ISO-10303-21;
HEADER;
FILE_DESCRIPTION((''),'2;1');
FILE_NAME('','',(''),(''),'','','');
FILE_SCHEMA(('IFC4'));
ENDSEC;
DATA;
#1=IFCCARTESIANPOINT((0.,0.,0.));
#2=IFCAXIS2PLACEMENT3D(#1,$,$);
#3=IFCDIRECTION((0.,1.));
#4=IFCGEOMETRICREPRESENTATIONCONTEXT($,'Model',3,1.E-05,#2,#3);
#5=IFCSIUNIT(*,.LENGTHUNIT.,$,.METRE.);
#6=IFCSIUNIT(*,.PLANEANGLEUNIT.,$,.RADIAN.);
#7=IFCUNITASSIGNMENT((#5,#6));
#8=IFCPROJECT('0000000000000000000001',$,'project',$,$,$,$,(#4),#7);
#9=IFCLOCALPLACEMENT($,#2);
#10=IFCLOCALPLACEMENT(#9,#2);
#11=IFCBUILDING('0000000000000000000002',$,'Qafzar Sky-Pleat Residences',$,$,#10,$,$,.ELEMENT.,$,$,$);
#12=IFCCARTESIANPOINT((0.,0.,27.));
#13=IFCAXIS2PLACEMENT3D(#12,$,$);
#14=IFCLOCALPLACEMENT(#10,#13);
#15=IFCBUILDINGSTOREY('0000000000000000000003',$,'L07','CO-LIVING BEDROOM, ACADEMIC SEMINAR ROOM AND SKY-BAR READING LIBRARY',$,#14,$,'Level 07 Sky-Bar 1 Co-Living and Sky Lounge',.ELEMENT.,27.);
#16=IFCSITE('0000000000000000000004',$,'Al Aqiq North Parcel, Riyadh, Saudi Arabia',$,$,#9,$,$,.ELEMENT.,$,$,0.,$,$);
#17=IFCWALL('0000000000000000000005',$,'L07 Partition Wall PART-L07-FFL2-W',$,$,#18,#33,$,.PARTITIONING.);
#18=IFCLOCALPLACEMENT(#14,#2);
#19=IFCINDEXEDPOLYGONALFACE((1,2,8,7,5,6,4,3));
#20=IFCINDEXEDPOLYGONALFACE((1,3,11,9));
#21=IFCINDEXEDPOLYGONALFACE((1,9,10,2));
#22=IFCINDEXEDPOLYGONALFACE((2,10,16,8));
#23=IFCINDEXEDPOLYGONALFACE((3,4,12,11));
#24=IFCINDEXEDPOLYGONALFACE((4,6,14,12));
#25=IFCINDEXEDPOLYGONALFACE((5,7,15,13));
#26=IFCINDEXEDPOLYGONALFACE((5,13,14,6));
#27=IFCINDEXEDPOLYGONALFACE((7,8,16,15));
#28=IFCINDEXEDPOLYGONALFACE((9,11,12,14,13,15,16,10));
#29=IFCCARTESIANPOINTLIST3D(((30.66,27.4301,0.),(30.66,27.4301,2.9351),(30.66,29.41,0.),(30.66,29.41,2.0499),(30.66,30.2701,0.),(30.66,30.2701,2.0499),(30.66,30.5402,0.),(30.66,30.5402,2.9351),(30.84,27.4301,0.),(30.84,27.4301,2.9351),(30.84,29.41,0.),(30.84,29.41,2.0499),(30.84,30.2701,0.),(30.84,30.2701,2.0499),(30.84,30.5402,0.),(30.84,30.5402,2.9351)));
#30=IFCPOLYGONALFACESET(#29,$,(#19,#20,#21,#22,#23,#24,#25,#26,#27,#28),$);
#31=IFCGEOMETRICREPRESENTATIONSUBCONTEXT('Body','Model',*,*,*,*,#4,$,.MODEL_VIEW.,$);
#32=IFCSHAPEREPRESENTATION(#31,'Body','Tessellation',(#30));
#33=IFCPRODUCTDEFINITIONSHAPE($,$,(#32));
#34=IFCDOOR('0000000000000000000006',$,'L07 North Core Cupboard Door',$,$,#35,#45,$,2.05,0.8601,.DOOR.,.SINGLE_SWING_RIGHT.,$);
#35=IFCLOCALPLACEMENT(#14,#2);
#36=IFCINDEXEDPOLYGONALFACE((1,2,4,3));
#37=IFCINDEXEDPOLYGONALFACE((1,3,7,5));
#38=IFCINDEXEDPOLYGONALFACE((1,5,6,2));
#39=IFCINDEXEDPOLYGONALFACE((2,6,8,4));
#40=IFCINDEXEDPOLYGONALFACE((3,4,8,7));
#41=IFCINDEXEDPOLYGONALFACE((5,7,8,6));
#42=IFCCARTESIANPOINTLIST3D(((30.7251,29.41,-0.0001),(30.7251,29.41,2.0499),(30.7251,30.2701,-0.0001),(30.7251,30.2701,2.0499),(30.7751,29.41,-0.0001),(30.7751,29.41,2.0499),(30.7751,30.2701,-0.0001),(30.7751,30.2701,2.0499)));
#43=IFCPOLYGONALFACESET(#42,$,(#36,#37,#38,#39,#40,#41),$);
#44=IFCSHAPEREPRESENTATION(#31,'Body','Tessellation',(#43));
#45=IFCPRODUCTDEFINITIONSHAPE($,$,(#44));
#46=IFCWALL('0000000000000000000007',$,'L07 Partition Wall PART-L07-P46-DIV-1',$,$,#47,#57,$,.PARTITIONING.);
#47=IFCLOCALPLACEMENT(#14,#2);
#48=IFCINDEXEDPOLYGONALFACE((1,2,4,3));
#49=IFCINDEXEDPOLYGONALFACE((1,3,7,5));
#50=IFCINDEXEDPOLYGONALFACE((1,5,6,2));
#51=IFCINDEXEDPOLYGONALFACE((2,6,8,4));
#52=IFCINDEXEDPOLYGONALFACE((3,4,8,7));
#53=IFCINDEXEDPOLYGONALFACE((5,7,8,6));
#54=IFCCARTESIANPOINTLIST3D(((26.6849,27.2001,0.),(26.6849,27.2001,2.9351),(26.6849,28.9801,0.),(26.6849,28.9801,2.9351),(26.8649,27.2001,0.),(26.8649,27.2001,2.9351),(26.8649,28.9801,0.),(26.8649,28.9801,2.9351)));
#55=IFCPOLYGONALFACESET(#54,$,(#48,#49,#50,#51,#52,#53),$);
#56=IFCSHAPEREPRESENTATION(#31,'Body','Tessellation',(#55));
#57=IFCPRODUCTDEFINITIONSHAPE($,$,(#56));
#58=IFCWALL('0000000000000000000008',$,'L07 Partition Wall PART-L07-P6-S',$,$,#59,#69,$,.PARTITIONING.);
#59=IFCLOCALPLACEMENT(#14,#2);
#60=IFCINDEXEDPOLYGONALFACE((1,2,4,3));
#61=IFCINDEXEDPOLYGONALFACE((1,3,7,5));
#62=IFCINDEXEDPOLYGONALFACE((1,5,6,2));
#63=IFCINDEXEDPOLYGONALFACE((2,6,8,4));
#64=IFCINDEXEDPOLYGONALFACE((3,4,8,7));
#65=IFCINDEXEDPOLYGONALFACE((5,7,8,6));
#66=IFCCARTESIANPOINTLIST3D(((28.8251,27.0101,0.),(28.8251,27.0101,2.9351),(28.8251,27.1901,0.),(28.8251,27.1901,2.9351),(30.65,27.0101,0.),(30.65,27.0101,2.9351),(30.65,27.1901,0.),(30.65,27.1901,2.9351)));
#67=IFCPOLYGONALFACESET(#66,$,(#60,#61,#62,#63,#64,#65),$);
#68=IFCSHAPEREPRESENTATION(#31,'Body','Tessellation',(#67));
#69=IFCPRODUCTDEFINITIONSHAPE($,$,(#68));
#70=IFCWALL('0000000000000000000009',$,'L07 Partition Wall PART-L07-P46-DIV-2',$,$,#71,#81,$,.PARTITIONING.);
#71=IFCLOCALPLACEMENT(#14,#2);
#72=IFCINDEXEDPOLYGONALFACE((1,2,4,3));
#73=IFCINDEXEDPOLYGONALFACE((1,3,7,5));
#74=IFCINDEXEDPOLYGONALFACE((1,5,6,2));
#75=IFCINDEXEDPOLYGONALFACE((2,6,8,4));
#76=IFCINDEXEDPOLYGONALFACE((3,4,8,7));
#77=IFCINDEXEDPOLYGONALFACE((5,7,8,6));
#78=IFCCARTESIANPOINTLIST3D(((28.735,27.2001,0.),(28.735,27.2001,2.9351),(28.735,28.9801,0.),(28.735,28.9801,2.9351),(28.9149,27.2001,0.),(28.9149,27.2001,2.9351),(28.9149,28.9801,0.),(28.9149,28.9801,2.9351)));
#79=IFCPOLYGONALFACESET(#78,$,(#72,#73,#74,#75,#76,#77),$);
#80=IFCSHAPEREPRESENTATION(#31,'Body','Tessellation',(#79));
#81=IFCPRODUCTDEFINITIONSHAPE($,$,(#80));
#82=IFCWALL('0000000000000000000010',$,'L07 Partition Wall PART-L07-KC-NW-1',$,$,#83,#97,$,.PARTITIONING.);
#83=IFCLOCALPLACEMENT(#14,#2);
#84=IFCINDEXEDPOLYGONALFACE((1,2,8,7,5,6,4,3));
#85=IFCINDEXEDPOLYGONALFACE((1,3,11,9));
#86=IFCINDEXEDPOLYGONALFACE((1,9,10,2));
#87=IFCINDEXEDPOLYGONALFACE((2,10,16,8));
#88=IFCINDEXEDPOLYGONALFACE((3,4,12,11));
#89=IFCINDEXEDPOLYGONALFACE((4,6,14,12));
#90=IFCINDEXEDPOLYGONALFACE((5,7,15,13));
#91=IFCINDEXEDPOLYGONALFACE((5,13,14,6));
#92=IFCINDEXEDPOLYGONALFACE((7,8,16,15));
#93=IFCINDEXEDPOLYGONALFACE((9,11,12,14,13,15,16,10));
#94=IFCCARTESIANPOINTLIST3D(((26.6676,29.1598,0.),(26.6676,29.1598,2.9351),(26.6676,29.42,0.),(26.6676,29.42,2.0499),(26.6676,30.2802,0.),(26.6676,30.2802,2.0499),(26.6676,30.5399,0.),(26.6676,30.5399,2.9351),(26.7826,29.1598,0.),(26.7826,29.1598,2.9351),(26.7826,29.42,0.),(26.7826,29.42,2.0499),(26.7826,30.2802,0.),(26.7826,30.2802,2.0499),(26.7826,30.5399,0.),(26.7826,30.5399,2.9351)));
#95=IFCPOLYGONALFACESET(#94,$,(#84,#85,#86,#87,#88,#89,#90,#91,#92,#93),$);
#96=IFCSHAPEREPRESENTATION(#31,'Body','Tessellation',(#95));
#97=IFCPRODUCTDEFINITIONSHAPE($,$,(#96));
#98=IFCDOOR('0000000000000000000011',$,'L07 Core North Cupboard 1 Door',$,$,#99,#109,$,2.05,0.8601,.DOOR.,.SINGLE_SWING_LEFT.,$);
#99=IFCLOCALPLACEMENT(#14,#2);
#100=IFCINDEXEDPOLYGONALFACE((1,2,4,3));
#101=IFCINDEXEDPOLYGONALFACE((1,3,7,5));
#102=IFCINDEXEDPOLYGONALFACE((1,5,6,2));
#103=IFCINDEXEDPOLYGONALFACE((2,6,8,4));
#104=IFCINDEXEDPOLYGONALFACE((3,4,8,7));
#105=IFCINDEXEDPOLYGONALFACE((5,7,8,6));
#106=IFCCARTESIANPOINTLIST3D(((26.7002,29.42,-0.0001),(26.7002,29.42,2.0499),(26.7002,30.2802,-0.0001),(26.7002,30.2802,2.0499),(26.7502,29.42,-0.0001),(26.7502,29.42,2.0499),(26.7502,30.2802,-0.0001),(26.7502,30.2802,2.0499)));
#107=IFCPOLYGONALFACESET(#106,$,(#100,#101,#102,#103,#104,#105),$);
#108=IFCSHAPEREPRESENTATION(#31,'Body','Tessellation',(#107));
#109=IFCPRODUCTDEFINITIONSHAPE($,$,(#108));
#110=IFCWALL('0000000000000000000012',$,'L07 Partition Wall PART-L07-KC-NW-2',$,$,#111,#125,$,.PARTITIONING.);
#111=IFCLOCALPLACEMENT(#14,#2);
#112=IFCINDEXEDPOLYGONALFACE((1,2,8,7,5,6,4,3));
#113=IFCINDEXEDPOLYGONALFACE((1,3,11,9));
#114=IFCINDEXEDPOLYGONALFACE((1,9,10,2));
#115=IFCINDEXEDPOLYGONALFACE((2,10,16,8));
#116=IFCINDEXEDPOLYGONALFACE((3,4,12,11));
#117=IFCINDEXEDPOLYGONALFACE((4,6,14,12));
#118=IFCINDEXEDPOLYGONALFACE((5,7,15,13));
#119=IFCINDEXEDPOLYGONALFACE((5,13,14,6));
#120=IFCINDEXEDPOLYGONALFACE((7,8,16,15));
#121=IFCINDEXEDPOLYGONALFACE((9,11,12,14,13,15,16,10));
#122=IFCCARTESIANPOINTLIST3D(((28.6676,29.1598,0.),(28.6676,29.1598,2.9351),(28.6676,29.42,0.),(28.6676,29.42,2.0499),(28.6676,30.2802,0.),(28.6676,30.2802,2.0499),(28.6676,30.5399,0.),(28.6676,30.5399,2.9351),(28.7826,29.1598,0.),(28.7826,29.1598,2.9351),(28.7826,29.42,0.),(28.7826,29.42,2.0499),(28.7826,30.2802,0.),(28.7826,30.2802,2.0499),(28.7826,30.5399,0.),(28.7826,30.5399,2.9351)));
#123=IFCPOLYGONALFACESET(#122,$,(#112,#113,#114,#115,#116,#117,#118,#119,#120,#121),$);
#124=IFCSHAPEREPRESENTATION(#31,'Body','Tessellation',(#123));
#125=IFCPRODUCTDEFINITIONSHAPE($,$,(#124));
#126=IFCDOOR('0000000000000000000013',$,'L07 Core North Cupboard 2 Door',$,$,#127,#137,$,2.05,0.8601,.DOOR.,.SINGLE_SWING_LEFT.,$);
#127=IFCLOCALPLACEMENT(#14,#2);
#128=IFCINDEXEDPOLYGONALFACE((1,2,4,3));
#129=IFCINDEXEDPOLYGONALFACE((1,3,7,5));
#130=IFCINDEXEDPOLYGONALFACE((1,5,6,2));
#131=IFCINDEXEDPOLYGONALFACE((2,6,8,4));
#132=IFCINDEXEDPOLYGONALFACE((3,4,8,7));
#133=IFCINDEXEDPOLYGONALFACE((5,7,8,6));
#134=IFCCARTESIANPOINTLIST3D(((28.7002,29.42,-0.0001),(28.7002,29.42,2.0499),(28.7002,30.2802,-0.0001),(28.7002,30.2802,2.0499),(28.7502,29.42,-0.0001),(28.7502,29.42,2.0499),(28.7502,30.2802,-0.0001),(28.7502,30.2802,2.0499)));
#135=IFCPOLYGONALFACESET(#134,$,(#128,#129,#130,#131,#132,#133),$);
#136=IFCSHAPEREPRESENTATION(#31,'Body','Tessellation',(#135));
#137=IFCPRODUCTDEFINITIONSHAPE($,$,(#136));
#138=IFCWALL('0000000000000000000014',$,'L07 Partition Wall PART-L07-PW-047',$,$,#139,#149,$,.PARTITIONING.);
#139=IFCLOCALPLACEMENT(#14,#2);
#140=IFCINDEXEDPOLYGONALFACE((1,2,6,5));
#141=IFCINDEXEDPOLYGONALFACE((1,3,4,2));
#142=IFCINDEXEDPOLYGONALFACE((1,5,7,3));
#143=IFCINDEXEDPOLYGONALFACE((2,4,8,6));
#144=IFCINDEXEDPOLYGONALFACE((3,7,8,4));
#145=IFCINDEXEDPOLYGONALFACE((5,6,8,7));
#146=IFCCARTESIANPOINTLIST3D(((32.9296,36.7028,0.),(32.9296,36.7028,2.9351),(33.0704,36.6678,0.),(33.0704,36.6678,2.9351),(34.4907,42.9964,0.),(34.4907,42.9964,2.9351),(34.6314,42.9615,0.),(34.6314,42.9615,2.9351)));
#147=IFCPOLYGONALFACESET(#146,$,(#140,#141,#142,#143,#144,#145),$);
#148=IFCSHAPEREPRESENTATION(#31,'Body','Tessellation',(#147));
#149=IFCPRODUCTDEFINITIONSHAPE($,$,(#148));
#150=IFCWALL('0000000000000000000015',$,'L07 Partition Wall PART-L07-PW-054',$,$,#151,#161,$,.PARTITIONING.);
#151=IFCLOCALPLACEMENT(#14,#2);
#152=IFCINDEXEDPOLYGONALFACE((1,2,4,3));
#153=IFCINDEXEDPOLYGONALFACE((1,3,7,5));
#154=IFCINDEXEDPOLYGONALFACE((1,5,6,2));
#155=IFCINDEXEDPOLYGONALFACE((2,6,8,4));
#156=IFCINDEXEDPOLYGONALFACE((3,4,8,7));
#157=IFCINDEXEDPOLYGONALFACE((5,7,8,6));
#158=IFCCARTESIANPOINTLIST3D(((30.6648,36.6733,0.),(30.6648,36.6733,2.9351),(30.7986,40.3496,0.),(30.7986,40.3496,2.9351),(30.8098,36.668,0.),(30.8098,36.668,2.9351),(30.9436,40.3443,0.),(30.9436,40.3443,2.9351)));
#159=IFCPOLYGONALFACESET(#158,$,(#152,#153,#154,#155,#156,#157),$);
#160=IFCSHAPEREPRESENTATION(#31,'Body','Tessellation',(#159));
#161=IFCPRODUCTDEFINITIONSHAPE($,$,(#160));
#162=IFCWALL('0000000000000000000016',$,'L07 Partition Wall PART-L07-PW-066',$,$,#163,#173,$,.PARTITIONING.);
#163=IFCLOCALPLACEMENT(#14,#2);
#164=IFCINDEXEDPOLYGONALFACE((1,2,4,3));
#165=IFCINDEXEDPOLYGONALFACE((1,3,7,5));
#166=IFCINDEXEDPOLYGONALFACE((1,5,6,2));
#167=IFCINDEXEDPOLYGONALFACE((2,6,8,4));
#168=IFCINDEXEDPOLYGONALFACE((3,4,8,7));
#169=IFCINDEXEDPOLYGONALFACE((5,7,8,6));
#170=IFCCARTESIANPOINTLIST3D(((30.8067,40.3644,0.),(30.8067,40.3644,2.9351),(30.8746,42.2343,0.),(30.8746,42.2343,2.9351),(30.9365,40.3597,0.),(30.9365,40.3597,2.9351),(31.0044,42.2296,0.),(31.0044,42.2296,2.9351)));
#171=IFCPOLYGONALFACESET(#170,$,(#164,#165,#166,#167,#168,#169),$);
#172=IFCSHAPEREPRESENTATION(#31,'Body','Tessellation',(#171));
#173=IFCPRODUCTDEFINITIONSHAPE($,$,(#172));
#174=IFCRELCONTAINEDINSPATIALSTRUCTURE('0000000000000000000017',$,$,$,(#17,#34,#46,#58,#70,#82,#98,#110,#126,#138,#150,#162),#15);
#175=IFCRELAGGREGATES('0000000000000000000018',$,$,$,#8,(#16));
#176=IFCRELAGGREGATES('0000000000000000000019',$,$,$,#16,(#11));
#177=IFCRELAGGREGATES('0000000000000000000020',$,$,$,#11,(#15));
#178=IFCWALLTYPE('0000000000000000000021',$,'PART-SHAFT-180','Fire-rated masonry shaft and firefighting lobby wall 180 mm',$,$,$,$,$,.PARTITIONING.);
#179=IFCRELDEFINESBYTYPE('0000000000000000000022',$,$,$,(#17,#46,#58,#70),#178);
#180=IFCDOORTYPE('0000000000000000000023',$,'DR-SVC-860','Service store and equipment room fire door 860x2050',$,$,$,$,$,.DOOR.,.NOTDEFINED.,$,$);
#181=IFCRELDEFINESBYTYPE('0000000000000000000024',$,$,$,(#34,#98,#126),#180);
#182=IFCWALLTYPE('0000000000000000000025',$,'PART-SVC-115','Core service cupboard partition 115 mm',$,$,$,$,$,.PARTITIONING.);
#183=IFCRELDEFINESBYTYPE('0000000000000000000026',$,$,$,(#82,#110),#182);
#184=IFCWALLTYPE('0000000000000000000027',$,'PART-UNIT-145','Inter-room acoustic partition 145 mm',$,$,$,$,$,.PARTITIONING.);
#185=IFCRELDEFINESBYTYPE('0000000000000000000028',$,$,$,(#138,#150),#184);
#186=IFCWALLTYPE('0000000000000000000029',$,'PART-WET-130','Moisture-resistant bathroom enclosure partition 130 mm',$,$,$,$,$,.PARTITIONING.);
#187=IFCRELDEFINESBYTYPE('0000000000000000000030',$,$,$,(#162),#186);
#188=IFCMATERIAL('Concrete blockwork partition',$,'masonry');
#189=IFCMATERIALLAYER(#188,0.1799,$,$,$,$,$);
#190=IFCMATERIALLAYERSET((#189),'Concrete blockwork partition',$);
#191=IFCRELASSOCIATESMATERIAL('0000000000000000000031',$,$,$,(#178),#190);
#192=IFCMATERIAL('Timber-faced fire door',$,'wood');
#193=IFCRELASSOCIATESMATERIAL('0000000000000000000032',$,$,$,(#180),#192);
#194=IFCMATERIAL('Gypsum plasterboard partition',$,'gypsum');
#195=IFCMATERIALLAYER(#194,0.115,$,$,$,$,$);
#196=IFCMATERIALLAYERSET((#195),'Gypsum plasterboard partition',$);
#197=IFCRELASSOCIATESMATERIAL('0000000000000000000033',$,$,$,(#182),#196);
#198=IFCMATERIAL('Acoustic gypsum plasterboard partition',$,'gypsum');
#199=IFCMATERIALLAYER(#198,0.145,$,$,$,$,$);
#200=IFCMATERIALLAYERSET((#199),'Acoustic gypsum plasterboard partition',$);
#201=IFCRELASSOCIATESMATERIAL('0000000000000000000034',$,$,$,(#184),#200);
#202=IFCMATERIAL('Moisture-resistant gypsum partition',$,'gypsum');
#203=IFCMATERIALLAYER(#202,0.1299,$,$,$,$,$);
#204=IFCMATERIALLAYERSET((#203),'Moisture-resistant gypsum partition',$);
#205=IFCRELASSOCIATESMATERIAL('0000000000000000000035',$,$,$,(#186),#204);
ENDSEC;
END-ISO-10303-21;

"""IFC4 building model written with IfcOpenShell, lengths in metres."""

from ifc_helpers import new_model, si_unit, direction, frame, frame_2d, origin, place, context, subcontext, project, spatial, rectangle, extrude, source, transform, mapped, material, layer, layer_set, type_object, element, fill, save


model = new_model("IFC4")

# Units and contexts
model_context = context("Model", 3, precision=1e-05, world=origin(), true_north=direction((0.0, 1.0)))
body_context = subcontext(model_context, "Body", "Model", "MODEL_VIEW")
ifc_project = project(units=[si_unit("LENGTHUNIT", "METRE"), si_unit("PLANEANGLEUNIT", "RADIAN")], contexts=[model_context])

# Site, building, storey
site_placement = place(None, origin())
site = spatial("IfcSite", under=ifc_project, at=site_placement, Name="Al Aqiq North Parcel, Riyadh, Saudi Arabia", CompositionType="ELEMENT", RefElevation=0.0)
building_placement = place(site_placement, origin())
building = spatial("IfcBuilding", under=site, at=building_placement, Name="Qafzar Sky-Pleat Residences", CompositionType="ELEMENT")
storey_placement = place(building_placement, frame((0.0, 0.0, 27.0)))
storey = spatial("IfcBuildingStorey", under=building, at=storey_placement, Name="L07", Description="CO-LIVING BEDROOM, ACADEMIC SEMINAR ROOM AND SKY-BAR READING LIBRARY", LongName="Level 07 Sky-Bar 1 Co-Living and Sky Lounge", CompositionType="ELEMENT", Elevation=27.0)

# Wall, opening, door
ifc_material_1 = material(Name="Acoustic gypsum plasterboard partition", Category="gypsum")
ifc_material_2 = material(Name="Timber-faced fire door", Category="wood")
ifc_material_3 = material(Name="Concrete blockwork partition", Category="masonry")
ifc_layer_1 = layer(ifc_material_3, 0.1799)
ifc_layer_set_1 = layer_set([ifc_layer_1], Name="Concrete blockwork partition")
wall_type_1 = type_object("IfcWallType", Name="PART-SHAFT-180", Description="Fire-rated masonry shaft and firefighting lobby wall 180 mm", PredefinedType="PARTITIONING", material=ifc_layer_set_1)
wall_1_placement = place(storey_placement, frame((30.75, 27.4299, 0.0), z_axis=(0.0, 0.0, 1.0), x_axis=(0.0, 1.0, 0.0)))
wall_1 = element("IfcWall", 1, at=wall_1_placement, inside=storey, type_object=wall_type_1, Name="L07 Partition Wall PART-L07-FFL2-W", PredefinedType="PARTITIONING", context=body_context, shape_type="SweptSolid", body=[
    extrude(rectangle(XDim=3.1101, YDim=0.1799, at=frame_2d((1.5552, 0.0))), origin(), (0.0, 0.0, 1.0), 2.9351),
])
opening_1_placement = place(wall_1_placement, frame((1.98, 0.0, 0.0)))
opening_1 = element("IfcOpeningElement", 2, at=opening_1_placement, cuts=wall_1, PredefinedType="OPENING", context=body_context, shape_type="SweptSolid", body=[
    extrude(rectangle(XDim=0.8601, YDim=2.05, at=frame_2d((0.4302, 1.0249))), frame((0.0, 0.1001, 0.0), z_axis=(0.0, -1.0, 0.0), x_axis=(1.0, 0.0, 0.0)), (0.0, 0.0, 1.0), 0.2),
])
door_type_1 = type_object("IfcDoorType", Name="DR-SVC-860", Description="Service store and equipment room fire door 860x2050", OperationType="NOTDEFINED", PredefinedType="DOOR", material=ifc_material_2)
shared_shape_1 = source(origin(), body_context, "Body", "SweptSolid", [
    extrude(rectangle(XDim=0.8601, YDim=2.05, at=frame_2d((0.4302, 1.0249))), frame((0.0, 0.0249, 0.0), z_axis=(0.0, -1.0, 0.0), x_axis=(1.0, 0.0, 0.0)), (0.0, 0.0, 1.0), 0.05),
])
door_1_placement = place(opening_1_placement, origin())
door_1 = element("IfcDoor", 3, at=door_1_placement, inside=storey, type_object=door_type_1, Name="L07 North Core Cupboard Door", OperationType="SINGLE_SWING_RIGHT", OverallHeight=2.05, OverallWidth=0.8601, PredefinedType="DOOR", context=body_context, shape_type="MappedRepresentation", body=[
    mapped(shared_shape_1, transform((0.0, 0.0, 0.0), x_axis=(1.0, 0.0, 0.0), y_axis=(0.0, 1.0, 0.0), z_axis=(0.0, 0.0, 1.0), scale=1.0)),
])
fill(opening_1, door_1)

# Walls
wall_2_placement = place(storey_placement, frame((26.7749, 27.2, 0.0), z_axis=(0.0, 0.0, 1.0), x_axis=(0.0, 1.0, 0.0)))
element("IfcWall", 4, at=wall_2_placement, inside=storey, type_object=wall_type_1, Name="L07 Partition Wall PART-L07-P46-DIV-1", PredefinedType="PARTITIONING", context=body_context, shape_type="SweptSolid", body=[
    extrude(rectangle(XDim=1.78, YDim=0.1799, at=frame_2d((0.8901, 0.0))), origin(), (0.0, 0.0, 1.0), 2.9351),
])
wall_3_placement = place(storey_placement, frame((28.825, 27.1001, 0.0), z_axis=(0.0, 0.0, 1.0), x_axis=(1.0, 0.0, 0.0)))
element("IfcWall", 5, at=wall_3_placement, inside=storey, type_object=wall_type_1, Name="L07 Partition Wall PART-L07-P6-S", PredefinedType="PARTITIONING", context=body_context, shape_type="SweptSolid", body=[
    extrude(rectangle(XDim=1.825, YDim=0.1799, at=frame_2d((0.9126, 0.0))), origin(), (0.0, 0.0, 1.0), 2.9351),
])
wall_4_placement = place(storey_placement, frame((28.825, 27.2, 0.0), z_axis=(0.0, 0.0, 1.0), x_axis=(0.0, 1.0, 0.0)))
element("IfcWall", 6, at=wall_4_placement, inside=storey, type_object=wall_type_1, Name="L07 Partition Wall PART-L07-P46-DIV-2", PredefinedType="PARTITIONING", context=body_context, shape_type="SweptSolid", body=[
    extrude(rectangle(XDim=1.78, YDim=0.1799, at=frame_2d((0.8901, 0.0))), origin(), (0.0, 0.0, 1.0), 2.9351),
])

# Walls, openings, doors
ifc_material_4 = material(Name="Gypsum plasterboard partition", Category="gypsum")
ifc_layer_2 = layer(ifc_material_4, 0.115)
ifc_layer_set_2 = layer_set([ifc_layer_2], Name="Gypsum plasterboard partition")
wall_type_2 = type_object("IfcWallType", Name="PART-SVC-115", Description="Core service cupboard partition 115 mm", PredefinedType="PARTITIONING", material=ifc_layer_set_2)
wall_5_placement = place(storey_placement, frame((26.7251, 29.1599, 0.0), z_axis=(0.0, 0.0, 1.0), x_axis=(0.0, 1.0, 0.0)))
wall_5 = element("IfcWall", 7, at=wall_5_placement, inside=storey, type_object=wall_type_2, Name="L07 Partition Wall PART-L07-KC-NW-1", PredefinedType="PARTITIONING", context=body_context, shape_type="SweptSolid", body=[
    extrude(rectangle(XDim=1.3801, YDim=0.115, at=frame_2d((0.6899, 0.0))), origin(), (0.0, 0.0, 1.0), 2.9351),
])
opening_2_placement = place(wall_5_placement, frame((0.26, 0.0, 0.0)))
opening_2 = element("IfcOpeningElement", 8, at=opening_2_placement, cuts=wall_5, PredefinedType="OPENING", context=body_context, shape_type="SweptSolid", body=[
    extrude(rectangle(XDim=0.8601, YDim=2.05, at=frame_2d((0.4302, 1.0249))), frame((0.0, 0.0674, 0.0), z_axis=(0.0, -1.0, 0.0), x_axis=(1.0, 0.0, 0.0)), (0.0, 0.0, 1.0), 0.135),
])
door_2_placement = place(opening_2_placement, origin())
door_2 = element("IfcDoor", 9, at=door_2_placement, inside=storey, type_object=door_type_1, Name="L07 Core North Cupboard 1 Door", OperationType="SINGLE_SWING_LEFT", OverallHeight=2.05, OverallWidth=0.8601, PredefinedType="DOOR", context=body_context, shape_type="MappedRepresentation", body=[
    mapped(shared_shape_1, transform((0.0, 0.0, 0.0), x_axis=(1.0, 0.0, 0.0), y_axis=(0.0, 1.0, 0.0), z_axis=(0.0, 0.0, 1.0), scale=1.0)),
])
fill(opening_2, door_2)
wall_6_placement = place(storey_placement, frame((28.7251, 29.1599, 0.0), z_axis=(0.0, 0.0, 1.0), x_axis=(0.0, 1.0, 0.0)))
wall_6 = element("IfcWall", 10, at=wall_6_placement, inside=storey, type_object=wall_type_2, Name="L07 Partition Wall PART-L07-KC-NW-2", PredefinedType="PARTITIONING", context=body_context, shape_type="SweptSolid", body=[
    extrude(rectangle(XDim=1.3801, YDim=0.115, at=frame_2d((0.6899, 0.0))), origin(), (0.0, 0.0, 1.0), 2.9351),
])
opening_3_placement = place(wall_6_placement, frame((0.26, 0.0, 0.0)))
opening_3 = element("IfcOpeningElement", 11, at=opening_3_placement, cuts=wall_6, PredefinedType="OPENING", context=body_context, shape_type="SweptSolid", body=[
    extrude(rectangle(XDim=0.8601, YDim=2.05, at=frame_2d((0.4302, 1.0249))), frame((0.0, 0.0674, 0.0), z_axis=(0.0, -1.0, 0.0), x_axis=(1.0, 0.0, 0.0)), (0.0, 0.0, 1.0), 0.135),
])
door_3_placement = place(opening_3_placement, origin())
door_3 = element("IfcDoor", 12, at=door_3_placement, inside=storey, type_object=door_type_1, Name="L07 Core North Cupboard 2 Door", OperationType="SINGLE_SWING_LEFT", OverallHeight=2.05, OverallWidth=0.8601, PredefinedType="DOOR", context=body_context, shape_type="MappedRepresentation", body=[
    mapped(shared_shape_1, transform((0.0, 0.0, 0.0), x_axis=(1.0, 0.0, 0.0), y_axis=(0.0, 1.0, 0.0), z_axis=(0.0, 0.0, 1.0), scale=1.0)),
])
fill(opening_3, door_3)

# Walls
ifc_layer_3 = layer(ifc_material_1, 0.145)
ifc_layer_set_3 = layer_set([ifc_layer_3], Name="Acoustic gypsum plasterboard partition")
wall_type_3 = type_object("IfcWallType", Name="PART-UNIT-145", Description="Inter-room acoustic partition 145 mm", PredefinedType="PARTITIONING", material=ifc_layer_set_3)
wall_7_placement = place(storey_placement, frame((33.0, 36.6853, 0.0), z_axis=(0.0, 0.0, 1.0), x_axis=(0.240737, 0.97059, 0.0)))
element("IfcWall", 13, at=wall_7_placement, inside=storey, type_object=wall_type_3, Name="L07 Partition Wall PART-L07-PW-047", PredefinedType="PARTITIONING", context=body_context, shape_type="SweptSolid", body=[
    extrude(rectangle(XDim=6.4844, YDim=0.145, at=frame_2d((3.2422, 0.0))), origin(), (0.0, 0.0, 1.0), 2.9351),
])
wall_8_placement = place(storey_placement, frame((30.7373, 36.6707, 0.0), z_axis=(0.0, 0.0, 1.0), x_axis=(0.036369, 0.999338, 0.0)))
element("IfcWall", 14, at=wall_8_placement, inside=storey, type_object=wall_type_3, Name="L07 Partition Wall PART-L07-PW-054", PredefinedType="PARTITIONING", context=body_context, shape_type="SweptSolid", body=[
    extrude(rectangle(XDim=3.6787, YDim=0.145, at=frame_2d((1.8394, 0.0))), origin(), (0.0, 0.0, 1.0), 2.9351),
])
ifc_material_5 = material(Name="Moisture-resistant gypsum partition", Category="gypsum")
ifc_layer_4 = layer(ifc_material_5, 0.1299)
ifc_layer_set_4 = layer_set([ifc_layer_4], Name="Moisture-resistant gypsum partition")
wall_type_4 = type_object("IfcWallType", Name="PART-WET-130", Description="Moisture-resistant bathroom enclosure partition 130 mm", PredefinedType="PARTITIONING", material=ifc_layer_set_4)
wall_9_placement = place(storey_placement, frame((30.8716, 40.3621, 0.0), z_axis=(0.0, 0.0, 1.0), x_axis=(0.036273, 0.999342, 0.0)))
element("IfcWall", 15, at=wall_9_placement, inside=storey, type_object=wall_type_4, Name="L07 Partition Wall PART-L07-PW-066", PredefinedType="PARTITIONING", context=body_context, shape_type="SweptSolid", body=[
    extrude(rectangle(XDim=1.8711, YDim=0.1299, at=frame_2d((0.9355, 0.0))), origin(), (0.0, 0.0, 1.0), 2.9351),
])

save(model, "model.ifc")
